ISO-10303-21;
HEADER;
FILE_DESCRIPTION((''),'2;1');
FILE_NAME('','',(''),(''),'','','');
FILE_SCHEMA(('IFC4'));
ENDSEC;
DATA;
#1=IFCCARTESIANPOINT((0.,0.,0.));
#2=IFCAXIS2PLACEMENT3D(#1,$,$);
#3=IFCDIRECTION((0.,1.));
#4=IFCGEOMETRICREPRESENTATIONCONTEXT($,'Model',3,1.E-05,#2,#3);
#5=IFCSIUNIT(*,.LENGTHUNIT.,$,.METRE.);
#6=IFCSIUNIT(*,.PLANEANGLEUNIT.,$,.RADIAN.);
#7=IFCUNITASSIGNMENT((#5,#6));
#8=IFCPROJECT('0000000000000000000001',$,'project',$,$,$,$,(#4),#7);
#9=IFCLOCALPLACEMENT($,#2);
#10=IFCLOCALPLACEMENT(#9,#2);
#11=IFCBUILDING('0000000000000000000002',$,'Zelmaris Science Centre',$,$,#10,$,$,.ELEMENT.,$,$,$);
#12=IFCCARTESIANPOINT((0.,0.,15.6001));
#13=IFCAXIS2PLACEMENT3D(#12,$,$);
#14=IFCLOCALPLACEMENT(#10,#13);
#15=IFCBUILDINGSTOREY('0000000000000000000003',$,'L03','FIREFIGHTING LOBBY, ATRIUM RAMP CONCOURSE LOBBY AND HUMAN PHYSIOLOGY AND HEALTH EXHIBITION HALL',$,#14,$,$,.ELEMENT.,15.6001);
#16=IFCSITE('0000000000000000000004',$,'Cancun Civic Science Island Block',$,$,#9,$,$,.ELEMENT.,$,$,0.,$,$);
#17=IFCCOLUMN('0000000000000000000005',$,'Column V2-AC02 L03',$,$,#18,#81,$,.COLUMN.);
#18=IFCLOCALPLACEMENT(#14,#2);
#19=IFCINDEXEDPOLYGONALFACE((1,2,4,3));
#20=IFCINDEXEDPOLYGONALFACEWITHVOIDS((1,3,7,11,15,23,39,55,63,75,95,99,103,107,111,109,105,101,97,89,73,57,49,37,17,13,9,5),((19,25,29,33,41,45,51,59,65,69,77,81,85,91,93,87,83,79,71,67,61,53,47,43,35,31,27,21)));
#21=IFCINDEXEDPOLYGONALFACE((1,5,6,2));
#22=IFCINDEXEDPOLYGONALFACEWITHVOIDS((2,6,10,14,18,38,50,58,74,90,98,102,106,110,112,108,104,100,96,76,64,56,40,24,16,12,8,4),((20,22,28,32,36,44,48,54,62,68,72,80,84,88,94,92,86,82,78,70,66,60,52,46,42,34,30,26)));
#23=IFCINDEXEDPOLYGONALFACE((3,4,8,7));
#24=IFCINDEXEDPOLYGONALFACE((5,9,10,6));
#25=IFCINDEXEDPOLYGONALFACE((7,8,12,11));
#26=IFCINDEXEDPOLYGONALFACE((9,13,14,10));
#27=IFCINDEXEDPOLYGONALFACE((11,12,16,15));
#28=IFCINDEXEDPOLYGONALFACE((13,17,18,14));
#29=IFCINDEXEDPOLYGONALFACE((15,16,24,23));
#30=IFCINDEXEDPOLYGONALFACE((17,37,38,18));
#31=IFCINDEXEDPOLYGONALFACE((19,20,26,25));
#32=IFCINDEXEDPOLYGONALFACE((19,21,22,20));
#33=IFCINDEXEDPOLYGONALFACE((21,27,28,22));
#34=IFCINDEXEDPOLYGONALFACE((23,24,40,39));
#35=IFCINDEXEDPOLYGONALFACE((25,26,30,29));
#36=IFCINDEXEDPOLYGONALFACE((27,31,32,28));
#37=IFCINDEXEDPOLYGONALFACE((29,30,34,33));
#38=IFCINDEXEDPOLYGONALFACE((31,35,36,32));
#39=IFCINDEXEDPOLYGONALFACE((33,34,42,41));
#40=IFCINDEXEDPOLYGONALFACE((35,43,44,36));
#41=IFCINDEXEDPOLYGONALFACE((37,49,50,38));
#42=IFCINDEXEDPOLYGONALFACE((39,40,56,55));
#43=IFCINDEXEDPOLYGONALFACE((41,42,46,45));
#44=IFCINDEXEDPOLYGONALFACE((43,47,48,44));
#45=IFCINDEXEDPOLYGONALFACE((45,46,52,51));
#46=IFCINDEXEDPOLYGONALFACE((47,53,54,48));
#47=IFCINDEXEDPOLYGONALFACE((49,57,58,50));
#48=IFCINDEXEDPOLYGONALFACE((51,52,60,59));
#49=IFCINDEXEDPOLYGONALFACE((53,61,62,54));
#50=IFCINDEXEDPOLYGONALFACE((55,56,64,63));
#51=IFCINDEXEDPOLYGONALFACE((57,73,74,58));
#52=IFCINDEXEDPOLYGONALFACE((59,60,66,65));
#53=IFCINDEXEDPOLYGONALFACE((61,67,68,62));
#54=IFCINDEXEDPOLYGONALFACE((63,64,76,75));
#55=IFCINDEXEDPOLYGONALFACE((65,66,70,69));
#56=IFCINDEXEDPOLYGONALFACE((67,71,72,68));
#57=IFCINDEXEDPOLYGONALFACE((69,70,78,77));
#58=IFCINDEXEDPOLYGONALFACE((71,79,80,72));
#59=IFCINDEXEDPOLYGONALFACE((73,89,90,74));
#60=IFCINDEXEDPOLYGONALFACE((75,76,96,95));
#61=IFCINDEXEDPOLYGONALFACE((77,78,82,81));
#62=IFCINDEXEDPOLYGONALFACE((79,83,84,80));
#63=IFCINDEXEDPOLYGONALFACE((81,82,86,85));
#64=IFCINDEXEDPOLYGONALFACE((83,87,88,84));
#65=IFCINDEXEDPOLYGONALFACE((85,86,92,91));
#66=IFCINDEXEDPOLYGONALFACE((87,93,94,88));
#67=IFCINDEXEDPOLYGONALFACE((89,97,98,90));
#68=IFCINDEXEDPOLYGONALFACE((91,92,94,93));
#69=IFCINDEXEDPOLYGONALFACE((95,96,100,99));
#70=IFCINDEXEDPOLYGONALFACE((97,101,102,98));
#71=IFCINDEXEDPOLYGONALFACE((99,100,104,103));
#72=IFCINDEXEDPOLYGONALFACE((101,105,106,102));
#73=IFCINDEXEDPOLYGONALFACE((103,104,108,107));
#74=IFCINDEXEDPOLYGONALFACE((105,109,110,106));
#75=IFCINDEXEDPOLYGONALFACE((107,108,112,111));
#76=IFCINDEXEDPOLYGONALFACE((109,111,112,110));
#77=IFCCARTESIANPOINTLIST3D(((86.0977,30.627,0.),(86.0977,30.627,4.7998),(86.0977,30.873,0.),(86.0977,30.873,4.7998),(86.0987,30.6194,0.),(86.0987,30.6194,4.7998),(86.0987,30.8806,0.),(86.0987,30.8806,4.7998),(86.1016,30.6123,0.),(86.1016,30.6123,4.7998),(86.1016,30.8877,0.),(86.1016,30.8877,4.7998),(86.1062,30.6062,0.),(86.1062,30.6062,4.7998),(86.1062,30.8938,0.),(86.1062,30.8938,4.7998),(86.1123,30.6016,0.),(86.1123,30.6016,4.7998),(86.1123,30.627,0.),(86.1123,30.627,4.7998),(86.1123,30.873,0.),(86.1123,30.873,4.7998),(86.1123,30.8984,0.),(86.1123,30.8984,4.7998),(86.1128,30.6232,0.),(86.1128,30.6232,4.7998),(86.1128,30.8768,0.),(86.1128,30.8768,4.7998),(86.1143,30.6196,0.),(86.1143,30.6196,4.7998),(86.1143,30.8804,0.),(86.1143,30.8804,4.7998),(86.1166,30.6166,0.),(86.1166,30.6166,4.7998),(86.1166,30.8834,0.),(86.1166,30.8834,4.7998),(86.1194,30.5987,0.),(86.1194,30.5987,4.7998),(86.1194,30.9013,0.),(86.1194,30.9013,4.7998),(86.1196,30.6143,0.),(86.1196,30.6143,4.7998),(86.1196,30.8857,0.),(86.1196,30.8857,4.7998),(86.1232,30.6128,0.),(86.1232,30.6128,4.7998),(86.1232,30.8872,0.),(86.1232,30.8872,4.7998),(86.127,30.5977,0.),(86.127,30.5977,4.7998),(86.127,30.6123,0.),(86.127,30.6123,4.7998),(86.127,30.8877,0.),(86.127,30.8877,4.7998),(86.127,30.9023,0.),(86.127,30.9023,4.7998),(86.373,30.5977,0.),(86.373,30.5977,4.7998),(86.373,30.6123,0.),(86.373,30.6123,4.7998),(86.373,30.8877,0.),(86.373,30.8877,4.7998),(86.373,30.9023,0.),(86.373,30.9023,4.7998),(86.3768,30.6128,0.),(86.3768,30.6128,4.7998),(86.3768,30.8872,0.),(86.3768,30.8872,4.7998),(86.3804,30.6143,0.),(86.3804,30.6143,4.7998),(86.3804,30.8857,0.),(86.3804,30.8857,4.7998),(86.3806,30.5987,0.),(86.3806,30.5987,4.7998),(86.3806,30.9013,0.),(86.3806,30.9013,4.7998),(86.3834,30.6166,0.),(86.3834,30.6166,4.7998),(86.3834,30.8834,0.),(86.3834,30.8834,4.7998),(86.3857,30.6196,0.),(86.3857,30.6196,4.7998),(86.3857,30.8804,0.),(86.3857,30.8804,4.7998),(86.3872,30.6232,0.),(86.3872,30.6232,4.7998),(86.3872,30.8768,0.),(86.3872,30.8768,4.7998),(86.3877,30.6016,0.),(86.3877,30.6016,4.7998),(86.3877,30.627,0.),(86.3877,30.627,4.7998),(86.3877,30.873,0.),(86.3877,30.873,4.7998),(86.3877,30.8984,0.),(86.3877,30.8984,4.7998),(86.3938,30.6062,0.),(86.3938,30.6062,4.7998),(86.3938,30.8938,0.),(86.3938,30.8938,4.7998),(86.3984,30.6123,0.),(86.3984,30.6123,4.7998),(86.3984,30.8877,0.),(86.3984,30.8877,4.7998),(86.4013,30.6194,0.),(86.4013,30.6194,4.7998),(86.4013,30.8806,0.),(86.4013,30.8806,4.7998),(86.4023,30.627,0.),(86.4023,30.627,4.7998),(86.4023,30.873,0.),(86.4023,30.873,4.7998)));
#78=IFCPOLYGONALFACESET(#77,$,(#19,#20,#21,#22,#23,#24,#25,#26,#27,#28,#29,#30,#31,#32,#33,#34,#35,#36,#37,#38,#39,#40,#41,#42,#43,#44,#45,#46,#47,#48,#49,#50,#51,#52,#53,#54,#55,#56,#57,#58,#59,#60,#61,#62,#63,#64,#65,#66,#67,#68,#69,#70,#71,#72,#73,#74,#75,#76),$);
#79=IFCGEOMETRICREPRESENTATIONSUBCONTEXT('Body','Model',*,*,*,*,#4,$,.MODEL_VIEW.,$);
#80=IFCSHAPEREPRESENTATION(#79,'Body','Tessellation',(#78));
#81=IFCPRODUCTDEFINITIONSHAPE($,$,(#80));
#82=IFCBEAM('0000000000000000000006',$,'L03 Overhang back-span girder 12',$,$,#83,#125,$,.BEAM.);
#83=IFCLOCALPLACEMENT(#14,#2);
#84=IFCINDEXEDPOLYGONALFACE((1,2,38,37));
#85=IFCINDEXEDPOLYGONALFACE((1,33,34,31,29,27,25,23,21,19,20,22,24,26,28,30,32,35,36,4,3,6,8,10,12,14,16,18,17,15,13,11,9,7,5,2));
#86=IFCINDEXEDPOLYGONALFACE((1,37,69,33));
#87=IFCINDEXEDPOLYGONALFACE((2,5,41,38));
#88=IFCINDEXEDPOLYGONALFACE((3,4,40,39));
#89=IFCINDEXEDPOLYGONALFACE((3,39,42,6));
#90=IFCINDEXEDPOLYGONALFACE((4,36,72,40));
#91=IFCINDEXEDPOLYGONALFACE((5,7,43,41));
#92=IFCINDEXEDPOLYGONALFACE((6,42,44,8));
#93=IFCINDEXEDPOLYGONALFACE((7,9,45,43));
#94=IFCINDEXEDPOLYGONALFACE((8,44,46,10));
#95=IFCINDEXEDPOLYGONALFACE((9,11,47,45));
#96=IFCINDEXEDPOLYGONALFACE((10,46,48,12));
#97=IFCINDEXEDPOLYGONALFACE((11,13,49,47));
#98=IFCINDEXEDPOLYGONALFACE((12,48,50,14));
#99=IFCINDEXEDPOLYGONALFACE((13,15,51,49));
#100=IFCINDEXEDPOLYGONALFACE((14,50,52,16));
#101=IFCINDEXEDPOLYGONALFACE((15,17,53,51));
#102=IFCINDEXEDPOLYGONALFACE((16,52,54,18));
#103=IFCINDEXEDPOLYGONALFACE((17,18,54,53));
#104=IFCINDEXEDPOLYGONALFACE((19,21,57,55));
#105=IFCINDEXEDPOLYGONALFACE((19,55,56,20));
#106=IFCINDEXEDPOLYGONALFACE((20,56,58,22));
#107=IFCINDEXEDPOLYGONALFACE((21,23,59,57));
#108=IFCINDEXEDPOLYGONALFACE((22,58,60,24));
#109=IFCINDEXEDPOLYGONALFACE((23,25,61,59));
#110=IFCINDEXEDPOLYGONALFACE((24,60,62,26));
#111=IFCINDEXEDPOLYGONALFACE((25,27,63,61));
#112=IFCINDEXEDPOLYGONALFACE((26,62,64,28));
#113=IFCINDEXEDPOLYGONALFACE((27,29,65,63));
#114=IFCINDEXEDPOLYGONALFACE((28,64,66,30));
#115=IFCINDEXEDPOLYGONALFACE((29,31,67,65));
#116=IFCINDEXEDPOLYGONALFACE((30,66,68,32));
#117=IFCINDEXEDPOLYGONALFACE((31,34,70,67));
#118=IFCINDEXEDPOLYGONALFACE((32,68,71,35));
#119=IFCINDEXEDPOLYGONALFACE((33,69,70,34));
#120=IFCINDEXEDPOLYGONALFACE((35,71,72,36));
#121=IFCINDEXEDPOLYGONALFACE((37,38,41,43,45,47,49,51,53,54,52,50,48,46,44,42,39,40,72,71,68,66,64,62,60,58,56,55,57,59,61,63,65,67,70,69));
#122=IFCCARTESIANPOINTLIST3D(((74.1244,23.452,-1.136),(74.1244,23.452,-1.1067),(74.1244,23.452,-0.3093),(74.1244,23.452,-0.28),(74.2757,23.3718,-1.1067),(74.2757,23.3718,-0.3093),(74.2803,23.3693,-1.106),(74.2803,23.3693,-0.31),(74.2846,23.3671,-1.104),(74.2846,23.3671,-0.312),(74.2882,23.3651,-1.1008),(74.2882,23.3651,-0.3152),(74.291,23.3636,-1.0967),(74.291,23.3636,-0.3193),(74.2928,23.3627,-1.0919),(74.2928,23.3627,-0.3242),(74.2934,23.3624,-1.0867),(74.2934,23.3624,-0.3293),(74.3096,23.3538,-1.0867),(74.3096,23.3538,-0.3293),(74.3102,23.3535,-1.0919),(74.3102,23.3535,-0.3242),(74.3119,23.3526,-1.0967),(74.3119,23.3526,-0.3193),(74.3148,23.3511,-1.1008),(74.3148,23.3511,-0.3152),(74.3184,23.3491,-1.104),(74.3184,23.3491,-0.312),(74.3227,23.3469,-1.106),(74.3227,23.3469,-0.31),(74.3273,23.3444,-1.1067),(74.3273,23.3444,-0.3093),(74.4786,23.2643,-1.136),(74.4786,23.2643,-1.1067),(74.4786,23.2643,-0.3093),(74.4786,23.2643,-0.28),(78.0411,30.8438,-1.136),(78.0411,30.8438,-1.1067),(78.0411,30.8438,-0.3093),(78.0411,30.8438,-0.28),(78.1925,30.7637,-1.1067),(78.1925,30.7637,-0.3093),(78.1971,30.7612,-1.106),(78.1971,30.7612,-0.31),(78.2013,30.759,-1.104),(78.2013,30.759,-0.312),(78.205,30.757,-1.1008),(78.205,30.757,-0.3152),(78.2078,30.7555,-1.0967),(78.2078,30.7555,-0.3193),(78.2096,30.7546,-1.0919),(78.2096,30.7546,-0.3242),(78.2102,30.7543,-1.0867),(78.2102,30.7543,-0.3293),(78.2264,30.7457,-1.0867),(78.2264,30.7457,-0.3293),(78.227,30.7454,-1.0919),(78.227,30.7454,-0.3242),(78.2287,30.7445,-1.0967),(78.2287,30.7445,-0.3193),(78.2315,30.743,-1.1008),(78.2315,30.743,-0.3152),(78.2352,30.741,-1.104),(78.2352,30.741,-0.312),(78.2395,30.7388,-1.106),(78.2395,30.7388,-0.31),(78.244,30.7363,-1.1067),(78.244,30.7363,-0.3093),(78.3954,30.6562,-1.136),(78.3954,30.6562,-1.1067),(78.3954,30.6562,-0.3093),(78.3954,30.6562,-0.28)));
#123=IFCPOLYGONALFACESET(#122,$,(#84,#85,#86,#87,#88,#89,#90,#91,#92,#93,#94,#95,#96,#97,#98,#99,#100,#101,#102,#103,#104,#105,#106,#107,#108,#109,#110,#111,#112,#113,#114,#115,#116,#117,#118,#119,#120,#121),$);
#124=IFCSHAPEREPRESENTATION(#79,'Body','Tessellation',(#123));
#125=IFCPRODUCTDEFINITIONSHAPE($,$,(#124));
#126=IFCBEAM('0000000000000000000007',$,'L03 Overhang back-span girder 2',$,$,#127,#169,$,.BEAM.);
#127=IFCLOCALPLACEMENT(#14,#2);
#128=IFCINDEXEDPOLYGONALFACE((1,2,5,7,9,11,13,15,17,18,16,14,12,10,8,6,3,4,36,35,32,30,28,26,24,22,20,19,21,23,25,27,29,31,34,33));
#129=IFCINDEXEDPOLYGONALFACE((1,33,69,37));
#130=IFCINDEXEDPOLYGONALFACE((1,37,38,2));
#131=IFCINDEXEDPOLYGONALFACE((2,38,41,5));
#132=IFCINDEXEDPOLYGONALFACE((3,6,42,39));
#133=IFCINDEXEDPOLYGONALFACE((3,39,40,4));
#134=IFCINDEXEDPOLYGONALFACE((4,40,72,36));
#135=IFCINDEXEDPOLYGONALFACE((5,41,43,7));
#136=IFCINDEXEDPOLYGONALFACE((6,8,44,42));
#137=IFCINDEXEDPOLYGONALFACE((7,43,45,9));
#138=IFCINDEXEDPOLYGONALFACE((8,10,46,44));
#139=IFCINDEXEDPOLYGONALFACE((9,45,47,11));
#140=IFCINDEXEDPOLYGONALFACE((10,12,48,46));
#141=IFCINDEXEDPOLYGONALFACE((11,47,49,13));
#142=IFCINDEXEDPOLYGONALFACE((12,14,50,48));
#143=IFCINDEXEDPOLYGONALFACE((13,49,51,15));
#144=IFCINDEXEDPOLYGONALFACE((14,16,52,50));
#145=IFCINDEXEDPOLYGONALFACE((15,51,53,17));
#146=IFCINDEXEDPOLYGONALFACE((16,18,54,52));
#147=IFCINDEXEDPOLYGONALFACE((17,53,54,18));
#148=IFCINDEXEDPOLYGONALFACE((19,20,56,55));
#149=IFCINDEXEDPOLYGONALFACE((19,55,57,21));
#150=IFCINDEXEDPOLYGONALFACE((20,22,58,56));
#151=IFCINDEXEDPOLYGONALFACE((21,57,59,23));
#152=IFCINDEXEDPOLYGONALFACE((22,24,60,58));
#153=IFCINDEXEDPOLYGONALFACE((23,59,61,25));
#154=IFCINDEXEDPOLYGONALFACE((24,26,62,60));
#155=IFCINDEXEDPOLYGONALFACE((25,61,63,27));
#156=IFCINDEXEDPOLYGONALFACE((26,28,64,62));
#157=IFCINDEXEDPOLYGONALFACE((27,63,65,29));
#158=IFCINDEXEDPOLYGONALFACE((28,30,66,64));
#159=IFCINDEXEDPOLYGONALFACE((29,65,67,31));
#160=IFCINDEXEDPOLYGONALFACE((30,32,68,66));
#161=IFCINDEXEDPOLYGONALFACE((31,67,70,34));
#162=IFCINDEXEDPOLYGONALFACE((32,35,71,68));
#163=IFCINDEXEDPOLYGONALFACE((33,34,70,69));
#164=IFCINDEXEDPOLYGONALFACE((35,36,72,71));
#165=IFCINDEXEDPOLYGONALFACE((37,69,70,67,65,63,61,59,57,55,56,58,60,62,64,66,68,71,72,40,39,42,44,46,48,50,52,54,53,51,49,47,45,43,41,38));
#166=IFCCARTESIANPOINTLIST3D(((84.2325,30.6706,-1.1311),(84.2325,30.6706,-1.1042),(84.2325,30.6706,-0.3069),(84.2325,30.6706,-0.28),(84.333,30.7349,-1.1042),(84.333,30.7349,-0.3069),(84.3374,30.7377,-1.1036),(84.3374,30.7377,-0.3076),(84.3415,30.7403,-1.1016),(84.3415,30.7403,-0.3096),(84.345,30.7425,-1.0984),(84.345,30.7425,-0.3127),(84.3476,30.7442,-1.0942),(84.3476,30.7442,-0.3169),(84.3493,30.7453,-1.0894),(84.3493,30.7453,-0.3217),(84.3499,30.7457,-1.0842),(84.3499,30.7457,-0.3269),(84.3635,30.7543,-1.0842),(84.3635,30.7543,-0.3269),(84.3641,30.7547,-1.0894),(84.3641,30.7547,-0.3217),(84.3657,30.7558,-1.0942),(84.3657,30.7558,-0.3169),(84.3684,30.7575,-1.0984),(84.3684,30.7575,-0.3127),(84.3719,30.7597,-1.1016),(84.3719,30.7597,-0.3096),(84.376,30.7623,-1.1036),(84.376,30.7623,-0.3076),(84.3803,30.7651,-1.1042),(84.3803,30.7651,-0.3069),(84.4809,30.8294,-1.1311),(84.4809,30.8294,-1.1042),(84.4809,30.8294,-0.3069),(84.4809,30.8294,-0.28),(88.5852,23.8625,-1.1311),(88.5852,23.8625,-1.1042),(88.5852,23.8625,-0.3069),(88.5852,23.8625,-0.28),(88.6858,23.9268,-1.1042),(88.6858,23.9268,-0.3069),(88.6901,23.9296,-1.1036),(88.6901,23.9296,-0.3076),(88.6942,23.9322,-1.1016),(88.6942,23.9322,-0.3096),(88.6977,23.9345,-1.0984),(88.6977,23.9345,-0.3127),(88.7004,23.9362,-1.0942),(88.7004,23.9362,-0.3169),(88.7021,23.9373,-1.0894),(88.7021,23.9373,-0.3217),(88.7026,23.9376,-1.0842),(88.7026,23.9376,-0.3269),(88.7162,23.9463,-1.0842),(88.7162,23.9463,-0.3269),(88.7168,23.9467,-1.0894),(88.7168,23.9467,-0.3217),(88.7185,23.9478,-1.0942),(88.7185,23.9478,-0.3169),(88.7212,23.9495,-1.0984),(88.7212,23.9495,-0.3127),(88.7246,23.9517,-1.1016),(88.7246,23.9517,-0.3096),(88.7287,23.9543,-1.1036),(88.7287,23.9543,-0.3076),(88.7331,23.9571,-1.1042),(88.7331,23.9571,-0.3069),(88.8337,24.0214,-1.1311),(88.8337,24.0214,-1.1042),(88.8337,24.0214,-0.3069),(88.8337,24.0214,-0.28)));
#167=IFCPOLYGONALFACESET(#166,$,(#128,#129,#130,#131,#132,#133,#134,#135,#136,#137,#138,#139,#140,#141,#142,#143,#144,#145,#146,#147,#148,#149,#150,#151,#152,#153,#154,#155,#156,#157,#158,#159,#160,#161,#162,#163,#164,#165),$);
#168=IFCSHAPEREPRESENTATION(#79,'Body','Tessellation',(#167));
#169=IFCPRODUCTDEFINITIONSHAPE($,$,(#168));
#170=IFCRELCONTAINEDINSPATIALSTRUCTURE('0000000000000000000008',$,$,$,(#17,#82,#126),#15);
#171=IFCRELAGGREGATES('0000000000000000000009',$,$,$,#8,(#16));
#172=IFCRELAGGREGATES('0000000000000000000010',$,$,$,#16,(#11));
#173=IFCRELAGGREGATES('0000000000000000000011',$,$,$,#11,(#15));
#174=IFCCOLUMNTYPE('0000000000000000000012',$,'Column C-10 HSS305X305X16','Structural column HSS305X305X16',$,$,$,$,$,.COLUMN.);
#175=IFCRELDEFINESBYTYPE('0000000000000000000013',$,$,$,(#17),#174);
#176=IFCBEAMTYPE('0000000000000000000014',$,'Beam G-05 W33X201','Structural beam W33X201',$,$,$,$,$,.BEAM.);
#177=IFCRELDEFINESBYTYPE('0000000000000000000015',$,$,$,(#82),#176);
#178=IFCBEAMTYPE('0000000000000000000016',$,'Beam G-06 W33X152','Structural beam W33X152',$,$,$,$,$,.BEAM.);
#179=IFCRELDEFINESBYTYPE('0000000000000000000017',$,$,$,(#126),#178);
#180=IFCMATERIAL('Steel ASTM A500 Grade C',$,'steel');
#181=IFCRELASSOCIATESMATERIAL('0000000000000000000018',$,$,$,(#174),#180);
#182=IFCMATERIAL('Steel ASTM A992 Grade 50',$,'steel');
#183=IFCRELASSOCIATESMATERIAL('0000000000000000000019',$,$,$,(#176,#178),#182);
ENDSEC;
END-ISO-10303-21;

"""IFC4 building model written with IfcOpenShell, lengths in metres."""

from ifc_helpers import new_model, si_unit, direction, frame, origin, origin_2d, place, context, subcontext, project, spatial, hollow_rectangle, i_section, extrude, material, material_profile, profile_set, type_object, element, save


model = new_model("IFC4")

# Units and contexts
model_context = context("Model", 3, precision=1e-05, world=origin(), true_north=direction((0.0, 1.0)))
body_context = subcontext(model_context, "Body", "Model", "MODEL_VIEW")
ifc_project = project(units=[si_unit("LENGTHUNIT", "METRE"), si_unit("PLANEANGLEUNIT", "RADIAN")], contexts=[model_context])

# Site, building, storey
site_placement = place(None, origin())
site = spatial("IfcSite", under=ifc_project, at=site_placement, Name="Cancun Civic Science Island Block", CompositionType="ELEMENT", RefElevation=0.0)
building_placement = place(site_placement, origin())
building = spatial("IfcBuilding", under=site, at=building_placement, Name="Zelmaris Science Centre", CompositionType="ELEMENT")
storey_placement = place(building_placement, frame((0.0, 0.0, 15.6001)))
storey = spatial("IfcBuildingStorey", under=building, at=storey_placement, Name="L03", Description="FIREFIGHTING LOBBY, ATRIUM RAMP CONCOURSE LOBBY AND HUMAN PHYSIOLOGY AND HEALTH EXHIBITION HALL", CompositionType="ELEMENT", Elevation=15.6001)

# Column
ifc_material_1 = material(Name="Steel ASTM A500 Grade C", Category="steel")
ifc_material_profile_1 = material_profile(ifc_material_1, hollow_rectangle(XDim=0.3047, YDim=0.3047, WallThickness=0.0146, InnerFilletRadius=0.0146, OuterFilletRadius=0.0293, at=origin_2d()), Name="HSS305X305X16")
ifc_profile_set_1 = profile_set([ifc_material_profile_1], Name="Steel ASTM A500 Grade C")
column_type = type_object("IfcColumnType", Name="Column C-10 HSS305X305X16", Description="Structural column HSS305X305X16", PredefinedType="COLUMN", material=ifc_profile_set_1)
column_placement = place(storey_placement, frame((86.25, 30.75, 0.0), z_axis=(0.0, 0.0, 1.0), x_axis=(1.0, 0.0, 0.0)))
element("IfcColumn", 1, at=column_placement, inside=storey, type_object=column_type, Name="Column V2-AC02 L03", PredefinedType="COLUMN", context=body_context, shape_type="SweptSolid", body=[
    extrude(hollow_rectangle(XDim=0.3047, YDim=0.3047, WallThickness=0.0146, InnerFilletRadius=0.0146, OuterFilletRadius=0.0293, at=origin_2d()), origin(), (0.0, 0.0, 1.0), 4.7998),
])

# Beams
ifc_material_2 = material(Name="Steel ASTM A992 Grade 50", Category="steel")
ifc_material_profile_2 = material_profile(ifc_material_2, i_section(OverallWidth=0.4009, OverallDepth=0.856, WebThickness=0.0183, FlangeThickness=0.0293, FilletRadius=0.02, at=origin_2d()), Name="W33X201")
ifc_profile_set_2 = profile_set([ifc_material_profile_2], Name="Steel ASTM A992 Grade 50")
beam_type_1 = type_object("IfcBeamType", Name="Beam G-05 W33X201", Description="Structural beam W33X201", PredefinedType="BEAM", material=ifc_profile_set_2)
beam_1_placement = place(storey_placement, frame((78.2183, 30.75, -0.708), z_axis=(-0.468207, -0.883619, 0.0), x_axis=(0.883619, -0.468207, 0.0)))
element("IfcBeam", 2, at=beam_1_placement, inside=storey, type_object=beam_type_1, Name="L03 Overhang back-span girder 12", PredefinedType="BEAM", context=body_context, shape_type="SweptSolid", body=[
    extrude(i_section(OverallWidth=0.4009, OverallDepth=0.856, WebThickness=0.0183, FlangeThickness=0.0293, FilletRadius=0.02, at=origin_2d()), origin(), (0.0, 0.0, 1.0), 8.3655),
])
ifc_material_profile_3 = material_profile(ifc_material_2, i_section(OverallWidth=0.2949, OverallDepth=0.8511, WebThickness=0.0161, FlangeThickness=0.0269, FilletRadius=0.02, at=origin_2d()), Name="W33X152")
ifc_profile_set_3 = profile_set([ifc_material_profile_3], Name="Steel ASTM A992 Grade 50")
beam_type_2 = type_object("IfcBeamType", Name="Beam G-06 W33X152", Description="Structural beam W33X152", PredefinedType="BEAM", material=ifc_profile_set_3)
beam_2_placement = place(storey_placement, frame((84.3567, 30.75, -0.7056), z_axis=(0.538667, -0.842519, 0.0), x_axis=(0.842519, 0.538667, 0.0)))
element("IfcBeam", 3, at=beam_2_placement, inside=storey, type_object=beam_type_2, Name="L03 Overhang back-span girder 2", PredefinedType="BEAM", context=body_context, shape_type="SweptSolid", body=[
    extrude(i_section(OverallWidth=0.2949, OverallDepth=0.8511, WebThickness=0.0161, FlangeThickness=0.0269, FilletRadius=0.02, at=origin_2d()), origin(), (0.0, 0.0, 1.0), 8.0806),
])

save(model, "model.ifc")
